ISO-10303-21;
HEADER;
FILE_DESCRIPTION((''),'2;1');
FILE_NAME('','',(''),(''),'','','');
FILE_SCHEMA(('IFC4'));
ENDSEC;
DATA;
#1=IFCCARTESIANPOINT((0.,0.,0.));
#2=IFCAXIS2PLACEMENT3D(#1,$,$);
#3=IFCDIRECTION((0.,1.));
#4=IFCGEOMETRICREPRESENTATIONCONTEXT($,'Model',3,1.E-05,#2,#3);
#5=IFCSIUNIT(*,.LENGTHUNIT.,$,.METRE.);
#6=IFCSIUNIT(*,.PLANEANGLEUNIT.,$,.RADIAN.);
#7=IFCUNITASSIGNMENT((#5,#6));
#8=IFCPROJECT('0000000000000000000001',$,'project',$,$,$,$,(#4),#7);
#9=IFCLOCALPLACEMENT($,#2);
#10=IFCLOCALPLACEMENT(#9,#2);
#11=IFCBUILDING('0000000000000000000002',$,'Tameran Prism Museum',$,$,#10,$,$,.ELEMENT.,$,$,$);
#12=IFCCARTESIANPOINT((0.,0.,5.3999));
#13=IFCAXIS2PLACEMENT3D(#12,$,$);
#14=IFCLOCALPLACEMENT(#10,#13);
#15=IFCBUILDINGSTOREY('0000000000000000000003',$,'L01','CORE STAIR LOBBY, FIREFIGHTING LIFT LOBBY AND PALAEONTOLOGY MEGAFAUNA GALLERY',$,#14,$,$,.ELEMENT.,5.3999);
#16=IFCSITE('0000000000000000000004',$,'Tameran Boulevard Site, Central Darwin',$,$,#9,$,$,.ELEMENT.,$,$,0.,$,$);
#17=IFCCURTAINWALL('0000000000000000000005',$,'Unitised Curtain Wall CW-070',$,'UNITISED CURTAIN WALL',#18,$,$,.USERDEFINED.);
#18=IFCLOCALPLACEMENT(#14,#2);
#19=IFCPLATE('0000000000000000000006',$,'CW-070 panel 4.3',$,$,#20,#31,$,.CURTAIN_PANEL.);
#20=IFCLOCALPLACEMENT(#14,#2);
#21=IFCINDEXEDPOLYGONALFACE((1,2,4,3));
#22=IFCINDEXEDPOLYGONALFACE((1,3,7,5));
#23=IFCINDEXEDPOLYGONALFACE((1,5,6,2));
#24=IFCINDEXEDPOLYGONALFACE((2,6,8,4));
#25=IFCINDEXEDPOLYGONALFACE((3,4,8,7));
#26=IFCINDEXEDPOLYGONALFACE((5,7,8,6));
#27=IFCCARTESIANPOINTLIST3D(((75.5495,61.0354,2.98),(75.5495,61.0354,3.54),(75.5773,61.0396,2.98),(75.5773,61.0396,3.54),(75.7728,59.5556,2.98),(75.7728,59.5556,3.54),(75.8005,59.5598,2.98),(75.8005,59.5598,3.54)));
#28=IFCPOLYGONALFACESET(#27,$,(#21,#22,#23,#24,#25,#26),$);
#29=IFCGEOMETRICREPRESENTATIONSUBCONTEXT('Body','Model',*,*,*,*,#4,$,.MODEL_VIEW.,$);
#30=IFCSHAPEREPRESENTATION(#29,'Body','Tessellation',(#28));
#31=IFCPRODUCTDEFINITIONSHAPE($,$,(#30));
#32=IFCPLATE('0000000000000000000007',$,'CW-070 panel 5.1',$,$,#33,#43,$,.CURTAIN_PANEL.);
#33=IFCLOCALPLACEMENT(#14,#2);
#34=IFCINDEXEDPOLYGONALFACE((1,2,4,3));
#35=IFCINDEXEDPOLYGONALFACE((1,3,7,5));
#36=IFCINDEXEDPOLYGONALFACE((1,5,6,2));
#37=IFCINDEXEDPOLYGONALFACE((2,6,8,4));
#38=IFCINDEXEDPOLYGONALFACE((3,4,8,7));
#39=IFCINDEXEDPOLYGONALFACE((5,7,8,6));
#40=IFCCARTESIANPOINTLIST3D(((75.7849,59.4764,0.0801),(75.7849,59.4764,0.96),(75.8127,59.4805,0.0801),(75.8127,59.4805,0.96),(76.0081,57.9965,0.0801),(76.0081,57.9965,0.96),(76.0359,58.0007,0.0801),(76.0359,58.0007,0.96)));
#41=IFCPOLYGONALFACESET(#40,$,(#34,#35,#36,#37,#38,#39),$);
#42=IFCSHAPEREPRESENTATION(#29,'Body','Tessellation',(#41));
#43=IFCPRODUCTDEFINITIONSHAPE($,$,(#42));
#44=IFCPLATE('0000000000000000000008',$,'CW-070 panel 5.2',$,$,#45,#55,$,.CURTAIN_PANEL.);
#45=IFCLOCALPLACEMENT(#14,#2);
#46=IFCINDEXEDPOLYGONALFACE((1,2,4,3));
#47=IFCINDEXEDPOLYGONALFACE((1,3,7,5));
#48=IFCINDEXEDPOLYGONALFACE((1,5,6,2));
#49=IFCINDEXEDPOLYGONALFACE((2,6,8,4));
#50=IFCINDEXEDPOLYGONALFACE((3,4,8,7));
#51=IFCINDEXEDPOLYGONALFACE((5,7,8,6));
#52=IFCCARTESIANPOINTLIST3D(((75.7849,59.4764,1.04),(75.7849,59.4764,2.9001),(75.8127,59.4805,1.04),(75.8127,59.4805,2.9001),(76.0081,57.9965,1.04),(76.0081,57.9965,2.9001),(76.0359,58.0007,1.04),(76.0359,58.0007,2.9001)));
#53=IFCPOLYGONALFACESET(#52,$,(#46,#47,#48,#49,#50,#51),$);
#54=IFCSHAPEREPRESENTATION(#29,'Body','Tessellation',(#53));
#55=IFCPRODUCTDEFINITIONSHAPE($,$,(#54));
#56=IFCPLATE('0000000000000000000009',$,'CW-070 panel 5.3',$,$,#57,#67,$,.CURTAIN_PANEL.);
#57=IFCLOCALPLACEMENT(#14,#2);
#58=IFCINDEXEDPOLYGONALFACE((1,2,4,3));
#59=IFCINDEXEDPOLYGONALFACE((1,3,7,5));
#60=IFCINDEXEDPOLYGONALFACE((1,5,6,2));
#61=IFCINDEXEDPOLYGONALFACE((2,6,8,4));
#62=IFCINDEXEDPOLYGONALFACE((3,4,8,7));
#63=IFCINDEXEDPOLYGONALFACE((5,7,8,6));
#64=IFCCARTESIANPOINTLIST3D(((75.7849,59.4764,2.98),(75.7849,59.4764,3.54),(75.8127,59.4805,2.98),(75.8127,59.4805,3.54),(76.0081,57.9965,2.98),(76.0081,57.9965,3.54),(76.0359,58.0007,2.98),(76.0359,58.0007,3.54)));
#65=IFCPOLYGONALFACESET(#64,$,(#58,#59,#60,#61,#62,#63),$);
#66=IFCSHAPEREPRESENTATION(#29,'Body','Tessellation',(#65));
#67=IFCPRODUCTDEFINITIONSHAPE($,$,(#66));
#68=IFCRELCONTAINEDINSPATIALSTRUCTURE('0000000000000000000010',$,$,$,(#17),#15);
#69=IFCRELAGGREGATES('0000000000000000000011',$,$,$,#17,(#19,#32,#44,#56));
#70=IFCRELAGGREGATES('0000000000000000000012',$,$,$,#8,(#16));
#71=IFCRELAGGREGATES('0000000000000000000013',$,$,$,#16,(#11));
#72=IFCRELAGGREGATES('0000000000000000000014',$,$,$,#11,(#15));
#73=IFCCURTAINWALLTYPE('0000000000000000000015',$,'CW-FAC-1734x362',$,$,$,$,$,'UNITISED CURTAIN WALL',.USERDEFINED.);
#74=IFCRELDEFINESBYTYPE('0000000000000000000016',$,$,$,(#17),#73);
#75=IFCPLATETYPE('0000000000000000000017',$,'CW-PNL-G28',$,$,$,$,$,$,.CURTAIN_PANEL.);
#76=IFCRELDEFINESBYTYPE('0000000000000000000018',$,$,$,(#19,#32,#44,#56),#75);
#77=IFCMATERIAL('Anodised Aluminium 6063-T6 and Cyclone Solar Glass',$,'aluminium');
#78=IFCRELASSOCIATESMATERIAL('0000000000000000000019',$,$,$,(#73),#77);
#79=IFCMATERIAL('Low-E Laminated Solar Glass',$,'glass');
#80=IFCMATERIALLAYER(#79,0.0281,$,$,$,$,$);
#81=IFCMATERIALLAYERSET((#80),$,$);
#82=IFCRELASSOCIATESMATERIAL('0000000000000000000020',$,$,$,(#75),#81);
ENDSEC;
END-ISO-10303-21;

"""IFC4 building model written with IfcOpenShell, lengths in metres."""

from ifc_helpers import new_model, si_unit, direction, frame, origin, origin_2d, place, context, subcontext, project, spatial, rectangle, extrude, material, layer, layer_set, type_object, element, aggregate, save


model = new_model("IFC4")

# Units and contexts
model_context = context("Model", 3, precision=1e-05, world=origin(), true_north=direction((0.0, 1.0)))
body_context = subcontext(model_context, "Body", "Model", "MODEL_VIEW")
ifc_project = project(units=[si_unit("LENGTHUNIT", "METRE"), si_unit("PLANEANGLEUNIT", "RADIAN")], contexts=[model_context])

# Site, building, storey
site_placement = place(None, origin())
site = spatial("IfcSite", under=ifc_project, at=site_placement, Name="Tameran Boulevard Site, Central Darwin", CompositionType="ELEMENT", RefElevation=0.0)
building_placement = place(site_placement, origin())
building = spatial("IfcBuilding", under=site, at=building_placement, Name="Tameran Prism Museum", CompositionType="ELEMENT")
storey_placement = place(building_placement, frame((0.0, 0.0, 5.3999)))
storey = spatial("IfcBuildingStorey", under=building, at=storey_placement, Name="L01", Description="CORE STAIR LOBBY, FIREFIGHTING LIFT LOBBY AND PALAEONTOLOGY MEGAFAUNA GALLERY", CompositionType="ELEMENT", Elevation=5.3999)

# Curtain wall, plates
ifc_material_1 = material(Name="Anodised Aluminium 6063-T6 and Cyclone Solar Glass", Category="aluminium")
curtain_wall_type = type_object("IfcCurtainWallType", Name="CW-FAC-1734x362", ElementType="UNITISED CURTAIN WALL", PredefinedType="USERDEFINED", material=ifc_material_1)
curtain_wall_placement = place(storey_placement, origin())
curtain_wall = element("IfcCurtainWall", 1, at=curtain_wall_placement, inside=storey, type_object=curtain_wall_type, Name="Unitised Curtain Wall CW-070", ObjectType="UNITISED CURTAIN WALL", PredefinedType="USERDEFINED")
ifc_material_2 = material(Name="Low-E Laminated Solar Glass", Category="glass")
ifc_layer = layer(ifc_material_2, 0.0281)
ifc_layer_set = layer_set([ifc_layer])
plate_type = type_object("IfcPlateType", Name="CW-PNL-G28", PredefinedType="CURTAIN_PANEL", material=ifc_layer_set)
plate_1_placement = place(storey_placement, frame((75.675, 60.2976, 2.98), z_axis=(0.0, 0.0, 1.0), x_axis=(0.149167, -0.988812, 0.0)))
plate_1 = element("IfcPlate", 2, at=plate_1_placement, type_object=plate_type, Name="CW-070 panel 4.3", PredefinedType="CURTAIN_PANEL", context=body_context, shape_type="SweptSolid", body=[
    extrude(rectangle(XDim=1.4966, YDim=0.0281, at=origin_2d()), origin(), (0.0, 0.0, 1.0), 0.5601),
])
plate_2_placement = place(storey_placement, frame((75.9104, 58.7385, 0.0801), z_axis=(0.0, 0.0, 1.0), x_axis=(0.149167, -0.988812, 0.0)))
plate_2 = element("IfcPlate", 3, at=plate_2_placement, type_object=plate_type, Name="CW-070 panel 5.1", PredefinedType="CURTAIN_PANEL", context=body_context, shape_type="SweptSolid", body=[
    extrude(rectangle(XDim=1.4966, YDim=0.0281, at=origin_2d()), origin(), (0.0, 0.0, 1.0), 0.8799),
])
plate_3_placement = place(storey_placement, frame((75.9104, 58.7385, 1.04), z_axis=(0.0, 0.0, 1.0), x_axis=(0.149167, -0.988812, 0.0)))
plate_3 = element("IfcPlate", 4, at=plate_3_placement, type_object=plate_type, Name="CW-070 panel 5.2", PredefinedType="CURTAIN_PANEL", context=body_context, shape_type="SweptSolid", body=[
    extrude(rectangle(XDim=1.4966, YDim=0.0281, at=origin_2d()), origin(), (0.0, 0.0, 1.0), 1.8601),
])
plate_4_placement = place(storey_placement, frame((75.9104, 58.7385, 2.98), z_axis=(0.0, 0.0, 1.0), x_axis=(0.149167, -0.988812, 0.0)))
plate_4 = element("IfcPlate", 5, at=plate_4_placement, type_object=plate_type, Name="CW-070 panel 5.3", PredefinedType="CURTAIN_PANEL", context=body_context, shape_type="SweptSolid", body=[
    extrude(rectangle(XDim=1.4966, YDim=0.0281, at=origin_2d()), origin(), (0.0, 0.0, 1.0), 0.5601),
])
aggregate(curtain_wall, [plate_1, plate_2, plate_3, plate_4])

save(model, "model.ifc")
